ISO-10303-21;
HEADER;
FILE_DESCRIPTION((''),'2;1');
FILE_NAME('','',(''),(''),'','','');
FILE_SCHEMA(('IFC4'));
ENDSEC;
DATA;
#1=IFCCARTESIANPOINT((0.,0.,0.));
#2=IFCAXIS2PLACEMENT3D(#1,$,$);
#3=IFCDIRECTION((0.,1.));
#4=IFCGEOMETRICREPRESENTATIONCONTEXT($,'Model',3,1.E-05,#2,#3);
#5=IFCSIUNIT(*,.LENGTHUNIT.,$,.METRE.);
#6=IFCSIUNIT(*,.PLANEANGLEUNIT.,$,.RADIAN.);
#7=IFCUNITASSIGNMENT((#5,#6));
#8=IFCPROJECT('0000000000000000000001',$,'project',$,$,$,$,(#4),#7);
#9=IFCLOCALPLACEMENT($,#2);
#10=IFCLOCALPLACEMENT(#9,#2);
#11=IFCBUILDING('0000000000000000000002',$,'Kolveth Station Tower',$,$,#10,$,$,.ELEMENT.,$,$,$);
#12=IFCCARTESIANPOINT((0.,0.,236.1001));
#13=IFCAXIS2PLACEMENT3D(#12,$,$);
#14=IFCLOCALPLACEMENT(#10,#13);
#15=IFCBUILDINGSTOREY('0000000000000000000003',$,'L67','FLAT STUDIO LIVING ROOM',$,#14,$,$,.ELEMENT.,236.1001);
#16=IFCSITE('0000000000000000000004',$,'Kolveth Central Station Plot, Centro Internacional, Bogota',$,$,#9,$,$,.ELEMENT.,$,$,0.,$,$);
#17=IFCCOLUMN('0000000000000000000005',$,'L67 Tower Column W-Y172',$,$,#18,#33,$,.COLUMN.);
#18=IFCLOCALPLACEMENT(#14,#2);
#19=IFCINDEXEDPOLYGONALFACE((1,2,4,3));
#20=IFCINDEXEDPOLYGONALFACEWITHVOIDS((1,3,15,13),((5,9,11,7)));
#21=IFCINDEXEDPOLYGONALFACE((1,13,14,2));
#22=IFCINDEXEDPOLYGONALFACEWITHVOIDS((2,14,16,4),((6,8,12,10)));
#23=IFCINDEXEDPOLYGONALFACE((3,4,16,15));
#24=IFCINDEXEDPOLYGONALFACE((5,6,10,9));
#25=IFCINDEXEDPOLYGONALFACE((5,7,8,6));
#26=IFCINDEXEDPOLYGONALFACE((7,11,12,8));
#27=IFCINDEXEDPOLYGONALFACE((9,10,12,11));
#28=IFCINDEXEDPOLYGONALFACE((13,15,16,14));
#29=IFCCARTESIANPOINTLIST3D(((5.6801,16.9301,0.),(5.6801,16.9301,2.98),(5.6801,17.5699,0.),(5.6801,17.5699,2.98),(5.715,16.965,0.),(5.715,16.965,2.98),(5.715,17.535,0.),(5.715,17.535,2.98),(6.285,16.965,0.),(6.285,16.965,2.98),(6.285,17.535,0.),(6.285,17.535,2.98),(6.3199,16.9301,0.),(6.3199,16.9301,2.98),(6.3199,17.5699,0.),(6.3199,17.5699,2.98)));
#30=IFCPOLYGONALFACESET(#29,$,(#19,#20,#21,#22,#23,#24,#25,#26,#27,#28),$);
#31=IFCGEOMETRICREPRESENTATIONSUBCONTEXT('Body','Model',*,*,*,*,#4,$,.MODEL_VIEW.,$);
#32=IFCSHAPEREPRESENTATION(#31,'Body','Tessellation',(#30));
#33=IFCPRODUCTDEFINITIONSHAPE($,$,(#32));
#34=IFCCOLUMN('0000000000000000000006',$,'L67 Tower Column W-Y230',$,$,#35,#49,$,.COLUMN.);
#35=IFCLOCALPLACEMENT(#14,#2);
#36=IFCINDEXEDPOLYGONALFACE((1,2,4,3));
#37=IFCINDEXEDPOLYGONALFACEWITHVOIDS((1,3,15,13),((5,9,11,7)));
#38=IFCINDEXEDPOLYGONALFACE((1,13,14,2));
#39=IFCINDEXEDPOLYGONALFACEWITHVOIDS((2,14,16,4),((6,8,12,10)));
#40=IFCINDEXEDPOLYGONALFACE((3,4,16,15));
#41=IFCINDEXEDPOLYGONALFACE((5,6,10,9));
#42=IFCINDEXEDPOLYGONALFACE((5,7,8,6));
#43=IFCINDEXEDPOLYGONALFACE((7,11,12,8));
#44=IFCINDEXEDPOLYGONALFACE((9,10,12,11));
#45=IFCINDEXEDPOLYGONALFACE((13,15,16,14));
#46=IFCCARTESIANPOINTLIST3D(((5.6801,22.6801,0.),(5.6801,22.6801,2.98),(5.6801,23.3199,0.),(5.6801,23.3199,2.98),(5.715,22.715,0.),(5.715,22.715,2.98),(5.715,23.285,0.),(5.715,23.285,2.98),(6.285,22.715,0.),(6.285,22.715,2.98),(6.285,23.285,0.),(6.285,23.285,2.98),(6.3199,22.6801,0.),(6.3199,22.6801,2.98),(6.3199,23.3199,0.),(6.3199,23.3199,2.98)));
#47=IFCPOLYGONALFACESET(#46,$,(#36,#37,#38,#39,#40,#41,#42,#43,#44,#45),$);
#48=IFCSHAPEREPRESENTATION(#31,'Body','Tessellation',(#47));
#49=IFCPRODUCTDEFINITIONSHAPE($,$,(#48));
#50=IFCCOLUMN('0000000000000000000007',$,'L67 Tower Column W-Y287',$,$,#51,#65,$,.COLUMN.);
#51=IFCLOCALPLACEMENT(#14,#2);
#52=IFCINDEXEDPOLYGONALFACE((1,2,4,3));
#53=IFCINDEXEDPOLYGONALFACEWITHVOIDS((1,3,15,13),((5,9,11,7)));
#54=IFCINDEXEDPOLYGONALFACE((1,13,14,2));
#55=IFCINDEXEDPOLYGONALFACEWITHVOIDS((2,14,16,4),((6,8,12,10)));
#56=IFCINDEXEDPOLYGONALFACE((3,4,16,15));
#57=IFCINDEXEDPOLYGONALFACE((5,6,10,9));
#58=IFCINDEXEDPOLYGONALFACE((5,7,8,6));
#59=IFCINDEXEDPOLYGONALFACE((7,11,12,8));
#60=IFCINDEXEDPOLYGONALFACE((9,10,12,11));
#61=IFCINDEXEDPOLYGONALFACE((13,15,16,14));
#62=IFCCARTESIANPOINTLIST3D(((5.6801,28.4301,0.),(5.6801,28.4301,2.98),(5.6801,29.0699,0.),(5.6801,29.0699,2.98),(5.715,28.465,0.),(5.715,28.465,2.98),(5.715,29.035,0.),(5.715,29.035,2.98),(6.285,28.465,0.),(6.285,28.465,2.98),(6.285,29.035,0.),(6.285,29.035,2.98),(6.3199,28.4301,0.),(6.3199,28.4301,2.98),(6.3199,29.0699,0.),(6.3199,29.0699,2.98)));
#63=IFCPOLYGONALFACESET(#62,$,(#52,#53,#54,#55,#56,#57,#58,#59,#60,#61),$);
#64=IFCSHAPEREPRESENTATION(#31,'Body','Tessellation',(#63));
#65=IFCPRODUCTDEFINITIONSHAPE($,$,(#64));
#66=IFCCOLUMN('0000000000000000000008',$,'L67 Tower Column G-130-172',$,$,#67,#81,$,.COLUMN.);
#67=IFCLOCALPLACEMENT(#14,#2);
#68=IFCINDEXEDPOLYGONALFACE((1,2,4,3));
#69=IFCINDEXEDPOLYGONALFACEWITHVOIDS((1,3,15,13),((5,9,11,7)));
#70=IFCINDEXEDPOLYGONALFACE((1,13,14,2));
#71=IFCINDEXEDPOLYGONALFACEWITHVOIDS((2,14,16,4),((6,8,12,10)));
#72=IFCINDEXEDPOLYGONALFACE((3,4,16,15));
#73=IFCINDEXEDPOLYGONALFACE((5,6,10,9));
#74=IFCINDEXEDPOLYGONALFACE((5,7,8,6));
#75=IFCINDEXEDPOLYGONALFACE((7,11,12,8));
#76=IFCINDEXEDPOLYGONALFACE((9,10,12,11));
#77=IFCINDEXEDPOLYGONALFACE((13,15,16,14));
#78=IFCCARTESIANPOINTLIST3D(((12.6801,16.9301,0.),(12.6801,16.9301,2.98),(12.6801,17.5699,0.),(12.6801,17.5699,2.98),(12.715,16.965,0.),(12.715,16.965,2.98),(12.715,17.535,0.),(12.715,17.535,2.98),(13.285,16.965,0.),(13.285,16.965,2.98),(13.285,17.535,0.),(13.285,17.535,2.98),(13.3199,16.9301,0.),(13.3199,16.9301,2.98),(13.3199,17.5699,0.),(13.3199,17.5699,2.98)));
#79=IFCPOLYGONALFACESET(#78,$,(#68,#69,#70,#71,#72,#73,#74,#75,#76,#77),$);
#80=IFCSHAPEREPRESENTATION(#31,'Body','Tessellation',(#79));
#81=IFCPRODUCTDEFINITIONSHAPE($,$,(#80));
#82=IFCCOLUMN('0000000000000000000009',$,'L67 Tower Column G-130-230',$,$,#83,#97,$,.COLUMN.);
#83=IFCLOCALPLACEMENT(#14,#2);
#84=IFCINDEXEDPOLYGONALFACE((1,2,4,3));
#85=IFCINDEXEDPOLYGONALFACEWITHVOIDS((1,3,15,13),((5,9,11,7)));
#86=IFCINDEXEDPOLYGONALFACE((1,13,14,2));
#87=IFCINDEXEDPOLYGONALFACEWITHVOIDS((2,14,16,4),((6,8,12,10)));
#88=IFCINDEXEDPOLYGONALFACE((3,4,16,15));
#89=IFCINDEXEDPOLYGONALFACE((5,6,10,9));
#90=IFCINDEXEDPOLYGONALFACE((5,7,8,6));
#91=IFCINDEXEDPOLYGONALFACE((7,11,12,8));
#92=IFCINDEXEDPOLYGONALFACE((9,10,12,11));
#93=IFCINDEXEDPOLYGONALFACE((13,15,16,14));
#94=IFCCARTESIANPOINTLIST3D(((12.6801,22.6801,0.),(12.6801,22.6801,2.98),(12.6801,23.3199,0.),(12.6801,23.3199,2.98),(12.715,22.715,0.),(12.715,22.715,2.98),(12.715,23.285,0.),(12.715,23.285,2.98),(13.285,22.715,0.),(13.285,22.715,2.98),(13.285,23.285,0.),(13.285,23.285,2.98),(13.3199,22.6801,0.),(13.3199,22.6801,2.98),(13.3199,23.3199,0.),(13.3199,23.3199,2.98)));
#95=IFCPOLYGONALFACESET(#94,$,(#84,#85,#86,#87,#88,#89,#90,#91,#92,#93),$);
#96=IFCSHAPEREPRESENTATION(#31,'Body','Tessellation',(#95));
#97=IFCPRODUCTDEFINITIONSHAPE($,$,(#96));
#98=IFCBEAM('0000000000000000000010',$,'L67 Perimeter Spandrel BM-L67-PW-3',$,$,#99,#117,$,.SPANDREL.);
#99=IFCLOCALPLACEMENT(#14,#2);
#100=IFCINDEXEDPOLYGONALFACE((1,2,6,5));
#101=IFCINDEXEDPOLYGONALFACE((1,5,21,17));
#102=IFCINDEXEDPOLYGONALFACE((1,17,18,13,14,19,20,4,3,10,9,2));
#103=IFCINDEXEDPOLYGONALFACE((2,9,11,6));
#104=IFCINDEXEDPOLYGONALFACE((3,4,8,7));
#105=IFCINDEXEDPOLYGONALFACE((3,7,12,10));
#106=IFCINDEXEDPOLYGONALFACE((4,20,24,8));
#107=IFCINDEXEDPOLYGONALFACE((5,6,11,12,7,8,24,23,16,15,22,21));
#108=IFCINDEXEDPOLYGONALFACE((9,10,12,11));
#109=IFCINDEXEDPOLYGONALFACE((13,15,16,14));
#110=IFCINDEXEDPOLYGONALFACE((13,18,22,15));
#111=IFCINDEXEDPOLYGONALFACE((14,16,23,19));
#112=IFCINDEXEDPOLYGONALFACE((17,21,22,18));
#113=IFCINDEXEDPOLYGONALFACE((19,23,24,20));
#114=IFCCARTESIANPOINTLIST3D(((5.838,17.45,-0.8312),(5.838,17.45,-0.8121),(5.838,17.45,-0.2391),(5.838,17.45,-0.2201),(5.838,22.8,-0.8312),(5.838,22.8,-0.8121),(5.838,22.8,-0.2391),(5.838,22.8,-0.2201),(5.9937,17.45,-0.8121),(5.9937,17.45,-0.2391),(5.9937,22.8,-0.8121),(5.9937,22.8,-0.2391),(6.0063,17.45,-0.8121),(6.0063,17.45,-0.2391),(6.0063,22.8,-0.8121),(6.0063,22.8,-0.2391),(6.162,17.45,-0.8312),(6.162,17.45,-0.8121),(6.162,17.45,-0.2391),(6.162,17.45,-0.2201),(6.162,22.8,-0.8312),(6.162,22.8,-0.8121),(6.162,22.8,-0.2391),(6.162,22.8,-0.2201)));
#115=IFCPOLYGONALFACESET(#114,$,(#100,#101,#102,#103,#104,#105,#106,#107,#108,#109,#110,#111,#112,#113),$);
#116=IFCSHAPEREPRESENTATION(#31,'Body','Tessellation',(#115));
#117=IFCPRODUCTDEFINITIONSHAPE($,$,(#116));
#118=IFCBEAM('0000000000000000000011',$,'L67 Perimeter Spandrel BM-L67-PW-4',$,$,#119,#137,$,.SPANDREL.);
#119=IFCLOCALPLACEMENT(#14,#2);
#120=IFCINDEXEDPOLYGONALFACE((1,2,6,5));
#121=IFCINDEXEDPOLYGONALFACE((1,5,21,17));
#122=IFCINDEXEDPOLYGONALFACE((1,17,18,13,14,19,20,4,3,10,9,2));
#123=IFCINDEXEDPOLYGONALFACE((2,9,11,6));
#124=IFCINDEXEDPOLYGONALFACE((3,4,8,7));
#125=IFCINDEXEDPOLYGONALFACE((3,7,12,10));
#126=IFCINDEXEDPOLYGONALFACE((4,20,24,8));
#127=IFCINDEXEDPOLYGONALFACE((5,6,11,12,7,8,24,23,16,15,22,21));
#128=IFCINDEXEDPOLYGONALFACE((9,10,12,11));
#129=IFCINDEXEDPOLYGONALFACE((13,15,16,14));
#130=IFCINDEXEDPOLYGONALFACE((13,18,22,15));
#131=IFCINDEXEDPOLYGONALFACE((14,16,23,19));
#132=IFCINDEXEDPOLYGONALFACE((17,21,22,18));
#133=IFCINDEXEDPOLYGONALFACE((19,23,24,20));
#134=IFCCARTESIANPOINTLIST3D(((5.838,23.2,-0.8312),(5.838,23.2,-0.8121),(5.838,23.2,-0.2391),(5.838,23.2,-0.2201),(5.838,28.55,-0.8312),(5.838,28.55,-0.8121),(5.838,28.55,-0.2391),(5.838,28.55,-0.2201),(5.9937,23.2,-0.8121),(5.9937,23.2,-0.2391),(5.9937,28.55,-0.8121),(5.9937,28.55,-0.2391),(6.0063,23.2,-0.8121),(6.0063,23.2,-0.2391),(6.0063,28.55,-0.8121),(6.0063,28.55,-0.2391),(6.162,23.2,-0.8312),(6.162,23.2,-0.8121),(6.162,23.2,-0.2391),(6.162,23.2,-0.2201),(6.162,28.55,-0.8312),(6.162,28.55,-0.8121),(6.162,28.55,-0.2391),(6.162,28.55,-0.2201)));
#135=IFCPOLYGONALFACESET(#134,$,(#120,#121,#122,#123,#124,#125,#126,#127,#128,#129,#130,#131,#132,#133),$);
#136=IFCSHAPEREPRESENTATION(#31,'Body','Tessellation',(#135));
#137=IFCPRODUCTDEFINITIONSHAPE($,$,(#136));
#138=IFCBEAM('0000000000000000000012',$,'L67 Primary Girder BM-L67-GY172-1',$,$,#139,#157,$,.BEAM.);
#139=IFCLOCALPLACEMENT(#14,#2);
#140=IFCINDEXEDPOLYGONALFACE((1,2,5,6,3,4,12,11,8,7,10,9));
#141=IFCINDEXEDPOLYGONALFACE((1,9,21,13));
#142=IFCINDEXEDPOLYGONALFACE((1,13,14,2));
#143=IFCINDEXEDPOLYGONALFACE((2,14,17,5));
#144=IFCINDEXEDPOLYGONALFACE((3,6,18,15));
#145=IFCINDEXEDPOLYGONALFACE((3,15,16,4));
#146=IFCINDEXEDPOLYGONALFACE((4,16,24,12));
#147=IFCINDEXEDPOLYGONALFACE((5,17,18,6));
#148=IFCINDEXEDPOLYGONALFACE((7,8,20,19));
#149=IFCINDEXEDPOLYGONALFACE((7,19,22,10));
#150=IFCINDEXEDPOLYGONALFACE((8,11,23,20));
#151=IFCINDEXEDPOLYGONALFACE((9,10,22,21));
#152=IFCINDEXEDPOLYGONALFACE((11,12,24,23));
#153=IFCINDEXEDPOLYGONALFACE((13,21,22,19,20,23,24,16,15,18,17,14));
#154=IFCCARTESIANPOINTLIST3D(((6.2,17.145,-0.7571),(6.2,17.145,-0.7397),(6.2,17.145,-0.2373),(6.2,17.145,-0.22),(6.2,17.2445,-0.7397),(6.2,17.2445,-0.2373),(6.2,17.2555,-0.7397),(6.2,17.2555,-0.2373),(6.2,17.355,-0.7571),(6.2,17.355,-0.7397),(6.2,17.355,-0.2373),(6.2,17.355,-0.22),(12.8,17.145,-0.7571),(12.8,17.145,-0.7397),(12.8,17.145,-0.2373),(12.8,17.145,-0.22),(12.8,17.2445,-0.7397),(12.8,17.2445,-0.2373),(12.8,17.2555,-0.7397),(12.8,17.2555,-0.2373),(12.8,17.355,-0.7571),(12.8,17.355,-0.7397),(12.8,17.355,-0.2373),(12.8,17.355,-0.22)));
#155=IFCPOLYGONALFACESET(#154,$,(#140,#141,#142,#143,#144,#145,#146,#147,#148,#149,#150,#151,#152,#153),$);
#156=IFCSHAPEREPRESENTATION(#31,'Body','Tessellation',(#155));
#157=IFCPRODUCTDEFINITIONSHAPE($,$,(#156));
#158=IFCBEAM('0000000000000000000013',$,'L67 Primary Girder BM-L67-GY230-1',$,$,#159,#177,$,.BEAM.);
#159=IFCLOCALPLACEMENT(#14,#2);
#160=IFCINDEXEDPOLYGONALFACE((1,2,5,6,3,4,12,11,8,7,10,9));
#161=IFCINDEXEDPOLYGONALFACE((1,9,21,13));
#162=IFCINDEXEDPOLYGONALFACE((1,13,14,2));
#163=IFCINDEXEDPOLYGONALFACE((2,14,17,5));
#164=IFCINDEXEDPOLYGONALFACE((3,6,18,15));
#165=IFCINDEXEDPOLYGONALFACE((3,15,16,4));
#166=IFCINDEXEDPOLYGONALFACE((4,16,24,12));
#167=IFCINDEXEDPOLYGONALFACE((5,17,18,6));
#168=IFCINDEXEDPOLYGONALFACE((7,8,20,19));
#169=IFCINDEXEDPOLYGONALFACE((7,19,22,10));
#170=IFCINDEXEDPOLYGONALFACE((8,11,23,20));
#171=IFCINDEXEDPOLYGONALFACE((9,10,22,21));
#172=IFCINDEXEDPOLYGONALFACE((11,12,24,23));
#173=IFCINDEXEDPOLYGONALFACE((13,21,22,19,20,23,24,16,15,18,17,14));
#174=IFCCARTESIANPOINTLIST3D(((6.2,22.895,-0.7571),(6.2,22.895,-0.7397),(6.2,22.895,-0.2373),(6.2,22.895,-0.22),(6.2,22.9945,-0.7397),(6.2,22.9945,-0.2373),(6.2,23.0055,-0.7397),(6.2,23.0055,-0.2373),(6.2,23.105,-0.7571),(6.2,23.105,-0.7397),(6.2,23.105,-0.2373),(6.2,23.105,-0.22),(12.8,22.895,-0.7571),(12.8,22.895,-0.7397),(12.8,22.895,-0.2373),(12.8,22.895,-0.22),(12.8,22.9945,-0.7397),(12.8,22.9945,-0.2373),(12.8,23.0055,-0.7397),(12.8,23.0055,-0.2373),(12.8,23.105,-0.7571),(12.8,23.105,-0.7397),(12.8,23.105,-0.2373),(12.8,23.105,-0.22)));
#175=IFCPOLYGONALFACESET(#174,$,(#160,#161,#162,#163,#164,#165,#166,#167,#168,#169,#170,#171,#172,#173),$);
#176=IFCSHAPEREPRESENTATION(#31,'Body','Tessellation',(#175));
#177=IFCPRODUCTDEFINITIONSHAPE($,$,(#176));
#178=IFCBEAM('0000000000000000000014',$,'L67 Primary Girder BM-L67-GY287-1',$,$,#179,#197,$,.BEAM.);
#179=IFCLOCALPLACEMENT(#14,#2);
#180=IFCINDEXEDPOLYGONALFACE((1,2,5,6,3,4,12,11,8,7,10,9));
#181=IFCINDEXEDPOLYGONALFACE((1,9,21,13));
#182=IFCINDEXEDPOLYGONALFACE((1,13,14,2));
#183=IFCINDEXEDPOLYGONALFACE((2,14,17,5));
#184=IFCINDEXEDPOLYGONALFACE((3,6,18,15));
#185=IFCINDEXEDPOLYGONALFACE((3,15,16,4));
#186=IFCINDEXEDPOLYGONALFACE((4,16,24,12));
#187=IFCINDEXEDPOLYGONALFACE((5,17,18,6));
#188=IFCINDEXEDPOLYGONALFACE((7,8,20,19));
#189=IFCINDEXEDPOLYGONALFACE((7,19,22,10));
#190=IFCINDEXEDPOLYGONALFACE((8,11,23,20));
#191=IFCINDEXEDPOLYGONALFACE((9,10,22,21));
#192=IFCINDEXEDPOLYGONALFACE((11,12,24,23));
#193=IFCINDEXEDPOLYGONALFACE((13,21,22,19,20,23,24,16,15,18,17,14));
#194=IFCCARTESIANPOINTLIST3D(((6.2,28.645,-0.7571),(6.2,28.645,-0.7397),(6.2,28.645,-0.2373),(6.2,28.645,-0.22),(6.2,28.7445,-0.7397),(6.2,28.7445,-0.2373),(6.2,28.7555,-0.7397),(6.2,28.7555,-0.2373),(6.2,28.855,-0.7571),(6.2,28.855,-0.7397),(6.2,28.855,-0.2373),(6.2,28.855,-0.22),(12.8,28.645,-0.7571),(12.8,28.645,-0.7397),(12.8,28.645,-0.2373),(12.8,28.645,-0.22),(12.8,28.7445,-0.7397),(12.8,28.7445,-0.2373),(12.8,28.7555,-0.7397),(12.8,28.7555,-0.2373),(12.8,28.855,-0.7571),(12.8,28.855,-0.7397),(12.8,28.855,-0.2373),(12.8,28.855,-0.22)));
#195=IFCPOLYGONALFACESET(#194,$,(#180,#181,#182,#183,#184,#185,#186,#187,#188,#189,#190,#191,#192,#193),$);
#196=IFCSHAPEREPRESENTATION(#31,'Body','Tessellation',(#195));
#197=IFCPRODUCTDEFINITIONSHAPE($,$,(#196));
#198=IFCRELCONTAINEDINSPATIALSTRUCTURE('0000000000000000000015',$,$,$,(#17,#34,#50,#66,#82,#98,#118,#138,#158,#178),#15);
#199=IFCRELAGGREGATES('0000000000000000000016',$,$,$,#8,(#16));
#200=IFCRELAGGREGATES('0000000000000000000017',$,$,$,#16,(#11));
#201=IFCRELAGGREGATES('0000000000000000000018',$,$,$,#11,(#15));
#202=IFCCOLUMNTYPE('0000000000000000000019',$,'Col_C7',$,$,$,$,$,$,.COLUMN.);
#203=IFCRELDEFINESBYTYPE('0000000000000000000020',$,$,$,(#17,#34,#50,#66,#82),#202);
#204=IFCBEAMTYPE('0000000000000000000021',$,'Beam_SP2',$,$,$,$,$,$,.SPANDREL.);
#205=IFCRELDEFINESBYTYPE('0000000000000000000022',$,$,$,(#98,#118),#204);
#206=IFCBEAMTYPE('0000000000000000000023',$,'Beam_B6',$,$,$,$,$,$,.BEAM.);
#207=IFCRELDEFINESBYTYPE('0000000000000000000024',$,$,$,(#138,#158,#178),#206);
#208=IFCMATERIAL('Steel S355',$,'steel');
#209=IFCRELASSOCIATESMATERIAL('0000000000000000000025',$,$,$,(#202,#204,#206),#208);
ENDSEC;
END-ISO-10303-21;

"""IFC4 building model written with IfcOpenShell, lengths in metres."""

from ifc_helpers import new_model, si_unit, direction, frame, origin, origin_2d, place, context, subcontext, project, spatial, hollow_rectangle, i_section, extrude, source, transform, mapped, material, material_profile, profile_set, type_object, element, save


model = new_model("IFC4")

# Units and contexts
model_context = context("Model", 3, precision=1e-05, world=origin(), true_north=direction((0.0, 1.0)))
body_context = subcontext(model_context, "Body", "Model", "MODEL_VIEW")
ifc_project = project(units=[si_unit("LENGTHUNIT", "METRE"), si_unit("PLANEANGLEUNIT", "RADIAN")], contexts=[model_context])

# Site, building, storey
site_placement = place(None, origin())
site = spatial("IfcSite", under=ifc_project, at=site_placement, Name="Kolveth Central Station Plot, Centro Internacional, Bogota", CompositionType="ELEMENT", RefElevation=0.0)
building_placement = place(site_placement, origin())
building = spatial("IfcBuilding", under=site, at=building_placement, Name="Kolveth Station Tower", CompositionType="ELEMENT")
storey_placement = place(building_placement, frame((0.0, 0.0, 236.1001)))
storey = spatial("IfcBuildingStorey", under=building, at=storey_placement, Name="L67", Description="FLAT STUDIO LIVING ROOM", CompositionType="ELEMENT", Elevation=236.1001)

# Columns
ifc_material_1 = material(Name="Steel S355", Category="steel")
ifc_material_profile_1 = material_profile(ifc_material_1, hollow_rectangle(XDim=0.6399, YDim=0.6399, WallThickness=0.0349, at=origin_2d()), Name="BOX640x640x35")
ifc_profile_set_1 = profile_set([ifc_material_profile_1], Name="Steel S355")
column_type = type_object("IfcColumnType", Name="Col_C7", PredefinedType="COLUMN", material=ifc_profile_set_1)
shared_shape_1 = source(origin(), body_context, "Body", "SweptSolid", [
    extrude(hollow_rectangle(XDim=0.6399, YDim=0.6399, WallThickness=0.0349, at=origin_2d()), origin(), (0.0, 0.0, 1.0), 2.98),
])
for number, where, z_axis, x_axis, name in (
    (1, (6.0, 17.25, 0.0), (0.0, 0.0, 1.0), (1.0, 0.0, 0.0), "L67 Tower Column W-Y172"),
    (2, (6.0, 23.0, 0.0), (0.0, 0.0, 1.0), (1.0, 0.0, 0.0), "L67 Tower Column W-Y230"),
    (3, (6.0, 28.75, 0.0), (0.0, 0.0, 1.0), (1.0, 0.0, 0.0), "L67 Tower Column W-Y287"),
    (4, (13.0, 17.25, 0.0), (0.0, 0.0, 1.0), (1.0, 0.0, 0.0), "L67 Tower Column G-130-172"),
    (5, (13.0, 23.0, 0.0), (0.0, 0.0, 1.0), (1.0, 0.0, 0.0), "L67 Tower Column G-130-230"),
):
    element("IfcColumn", number, at=place(storey_placement, frame(where, z_axis=z_axis, x_axis=x_axis)), inside=storey, type_object=column_type, Name=name, PredefinedType="COLUMN", context=body_context, shape_type="MappedRepresentation", body=[
        mapped(shared_shape_1, transform((0.0, 0.0, 0.0), x_axis=(1.0, 0.0, 0.0), y_axis=(0.0, 1.0, 0.0), z_axis=(0.0, 0.0, 1.0), scale=1.0)),
    ])

# Beams
ifc_material_profile_2 = material_profile(ifc_material_1, i_section(OverallWidth=0.324, OverallDepth=0.6111, WebThickness=0.0127, FlangeThickness=0.019, at=origin_2d()), Name="W610x155")
ifc_profile_set_2 = profile_set([ifc_material_profile_2], Name="Steel S355")
beam_type_1 = type_object("IfcBeamType", Name="Beam_SP2", PredefinedType="SPANDREL", material=ifc_profile_set_2)
shared_shape_2 = source(origin(), body_context, "Body", "SweptSolid", [
    extrude(i_section(OverallWidth=0.324, OverallDepth=0.6111, WebThickness=0.0127, FlangeThickness=0.019, at=origin_2d()), origin(), (0.0, 0.0, 1.0), 5.3501),
])
for number, where, z_axis, x_axis, name in (
    (6, (6.0, 17.45, -0.5256), (0.0, 1.0, 0.0), (-1.0, 0.0, 0.0), "L67 Perimeter Spandrel BM-L67-PW-3"),
    (7, (6.0, 23.2, -0.5256), (0.0, 1.0, 0.0), (-1.0, 0.0, 0.0), "L67 Perimeter Spandrel BM-L67-PW-4"),
):
    element("IfcBeam", number, at=place(storey_placement, frame(where, z_axis=z_axis, x_axis=x_axis)), inside=storey, type_object=beam_type_1, Name=name, PredefinedType="SPANDREL", context=body_context, shape_type="MappedRepresentation", body=[
        mapped(shared_shape_2, transform((0.0, 0.0, 0.0), x_axis=(1.0, 0.0, 0.0), y_axis=(0.0, 1.0, 0.0), z_axis=(0.0, 0.0, 1.0), scale=1.0)),
    ])
ifc_material_profile_3 = material_profile(ifc_material_1, i_section(OverallWidth=0.21, OverallDepth=0.5371, WebThickness=0.011, FlangeThickness=0.0173, at=origin_2d()), Name="W530x101")
ifc_profile_set_3 = profile_set([ifc_material_profile_3], Name="Steel S355")
beam_type_2 = type_object("IfcBeamType", Name="Beam_B6", PredefinedType="BEAM", material=ifc_profile_set_3)
shared_shape_3 = source(origin(), body_context, "Body", "SweptSolid", [
    extrude(i_section(OverallWidth=0.21, OverallDepth=0.5371, WebThickness=0.011, FlangeThickness=0.0173, at=origin_2d()), origin(), (0.0, 0.0, 1.0), 6.6001),
])
for number, where, z_axis, x_axis, name in (
    (8, (6.2, 17.25, -0.4885), (1.0, 0.0, 0.0), (0.0, 1.0, 0.0), "L67 Primary Girder BM-L67-GY172-1"),
    (9, (6.2, 23.0, -0.4885), (1.0, 0.0, 0.0), (0.0, 1.0, 0.0), "L67 Primary Girder BM-L67-GY230-1"),
    (10, (6.2, 28.75, -0.4885), (1.0, 0.0, 0.0), (0.0, 1.0, 0.0), "L67 Primary Girder BM-L67-GY287-1"),
):
    element("IfcBeam", number, at=place(storey_placement, frame(where, z_axis=z_axis, x_axis=x_axis)), inside=storey, type_object=beam_type_2, Name=name, PredefinedType="BEAM", context=body_context, shape_type="MappedRepresentation", body=[
        mapped(shared_shape_3, transform((0.0, 0.0, 0.0), x_axis=(1.0, 0.0, 0.0), y_axis=(0.0, 1.0, 0.0), z_axis=(0.0, 0.0, 1.0), scale=1.0)),
    ])

save(model, "model.ifc")
